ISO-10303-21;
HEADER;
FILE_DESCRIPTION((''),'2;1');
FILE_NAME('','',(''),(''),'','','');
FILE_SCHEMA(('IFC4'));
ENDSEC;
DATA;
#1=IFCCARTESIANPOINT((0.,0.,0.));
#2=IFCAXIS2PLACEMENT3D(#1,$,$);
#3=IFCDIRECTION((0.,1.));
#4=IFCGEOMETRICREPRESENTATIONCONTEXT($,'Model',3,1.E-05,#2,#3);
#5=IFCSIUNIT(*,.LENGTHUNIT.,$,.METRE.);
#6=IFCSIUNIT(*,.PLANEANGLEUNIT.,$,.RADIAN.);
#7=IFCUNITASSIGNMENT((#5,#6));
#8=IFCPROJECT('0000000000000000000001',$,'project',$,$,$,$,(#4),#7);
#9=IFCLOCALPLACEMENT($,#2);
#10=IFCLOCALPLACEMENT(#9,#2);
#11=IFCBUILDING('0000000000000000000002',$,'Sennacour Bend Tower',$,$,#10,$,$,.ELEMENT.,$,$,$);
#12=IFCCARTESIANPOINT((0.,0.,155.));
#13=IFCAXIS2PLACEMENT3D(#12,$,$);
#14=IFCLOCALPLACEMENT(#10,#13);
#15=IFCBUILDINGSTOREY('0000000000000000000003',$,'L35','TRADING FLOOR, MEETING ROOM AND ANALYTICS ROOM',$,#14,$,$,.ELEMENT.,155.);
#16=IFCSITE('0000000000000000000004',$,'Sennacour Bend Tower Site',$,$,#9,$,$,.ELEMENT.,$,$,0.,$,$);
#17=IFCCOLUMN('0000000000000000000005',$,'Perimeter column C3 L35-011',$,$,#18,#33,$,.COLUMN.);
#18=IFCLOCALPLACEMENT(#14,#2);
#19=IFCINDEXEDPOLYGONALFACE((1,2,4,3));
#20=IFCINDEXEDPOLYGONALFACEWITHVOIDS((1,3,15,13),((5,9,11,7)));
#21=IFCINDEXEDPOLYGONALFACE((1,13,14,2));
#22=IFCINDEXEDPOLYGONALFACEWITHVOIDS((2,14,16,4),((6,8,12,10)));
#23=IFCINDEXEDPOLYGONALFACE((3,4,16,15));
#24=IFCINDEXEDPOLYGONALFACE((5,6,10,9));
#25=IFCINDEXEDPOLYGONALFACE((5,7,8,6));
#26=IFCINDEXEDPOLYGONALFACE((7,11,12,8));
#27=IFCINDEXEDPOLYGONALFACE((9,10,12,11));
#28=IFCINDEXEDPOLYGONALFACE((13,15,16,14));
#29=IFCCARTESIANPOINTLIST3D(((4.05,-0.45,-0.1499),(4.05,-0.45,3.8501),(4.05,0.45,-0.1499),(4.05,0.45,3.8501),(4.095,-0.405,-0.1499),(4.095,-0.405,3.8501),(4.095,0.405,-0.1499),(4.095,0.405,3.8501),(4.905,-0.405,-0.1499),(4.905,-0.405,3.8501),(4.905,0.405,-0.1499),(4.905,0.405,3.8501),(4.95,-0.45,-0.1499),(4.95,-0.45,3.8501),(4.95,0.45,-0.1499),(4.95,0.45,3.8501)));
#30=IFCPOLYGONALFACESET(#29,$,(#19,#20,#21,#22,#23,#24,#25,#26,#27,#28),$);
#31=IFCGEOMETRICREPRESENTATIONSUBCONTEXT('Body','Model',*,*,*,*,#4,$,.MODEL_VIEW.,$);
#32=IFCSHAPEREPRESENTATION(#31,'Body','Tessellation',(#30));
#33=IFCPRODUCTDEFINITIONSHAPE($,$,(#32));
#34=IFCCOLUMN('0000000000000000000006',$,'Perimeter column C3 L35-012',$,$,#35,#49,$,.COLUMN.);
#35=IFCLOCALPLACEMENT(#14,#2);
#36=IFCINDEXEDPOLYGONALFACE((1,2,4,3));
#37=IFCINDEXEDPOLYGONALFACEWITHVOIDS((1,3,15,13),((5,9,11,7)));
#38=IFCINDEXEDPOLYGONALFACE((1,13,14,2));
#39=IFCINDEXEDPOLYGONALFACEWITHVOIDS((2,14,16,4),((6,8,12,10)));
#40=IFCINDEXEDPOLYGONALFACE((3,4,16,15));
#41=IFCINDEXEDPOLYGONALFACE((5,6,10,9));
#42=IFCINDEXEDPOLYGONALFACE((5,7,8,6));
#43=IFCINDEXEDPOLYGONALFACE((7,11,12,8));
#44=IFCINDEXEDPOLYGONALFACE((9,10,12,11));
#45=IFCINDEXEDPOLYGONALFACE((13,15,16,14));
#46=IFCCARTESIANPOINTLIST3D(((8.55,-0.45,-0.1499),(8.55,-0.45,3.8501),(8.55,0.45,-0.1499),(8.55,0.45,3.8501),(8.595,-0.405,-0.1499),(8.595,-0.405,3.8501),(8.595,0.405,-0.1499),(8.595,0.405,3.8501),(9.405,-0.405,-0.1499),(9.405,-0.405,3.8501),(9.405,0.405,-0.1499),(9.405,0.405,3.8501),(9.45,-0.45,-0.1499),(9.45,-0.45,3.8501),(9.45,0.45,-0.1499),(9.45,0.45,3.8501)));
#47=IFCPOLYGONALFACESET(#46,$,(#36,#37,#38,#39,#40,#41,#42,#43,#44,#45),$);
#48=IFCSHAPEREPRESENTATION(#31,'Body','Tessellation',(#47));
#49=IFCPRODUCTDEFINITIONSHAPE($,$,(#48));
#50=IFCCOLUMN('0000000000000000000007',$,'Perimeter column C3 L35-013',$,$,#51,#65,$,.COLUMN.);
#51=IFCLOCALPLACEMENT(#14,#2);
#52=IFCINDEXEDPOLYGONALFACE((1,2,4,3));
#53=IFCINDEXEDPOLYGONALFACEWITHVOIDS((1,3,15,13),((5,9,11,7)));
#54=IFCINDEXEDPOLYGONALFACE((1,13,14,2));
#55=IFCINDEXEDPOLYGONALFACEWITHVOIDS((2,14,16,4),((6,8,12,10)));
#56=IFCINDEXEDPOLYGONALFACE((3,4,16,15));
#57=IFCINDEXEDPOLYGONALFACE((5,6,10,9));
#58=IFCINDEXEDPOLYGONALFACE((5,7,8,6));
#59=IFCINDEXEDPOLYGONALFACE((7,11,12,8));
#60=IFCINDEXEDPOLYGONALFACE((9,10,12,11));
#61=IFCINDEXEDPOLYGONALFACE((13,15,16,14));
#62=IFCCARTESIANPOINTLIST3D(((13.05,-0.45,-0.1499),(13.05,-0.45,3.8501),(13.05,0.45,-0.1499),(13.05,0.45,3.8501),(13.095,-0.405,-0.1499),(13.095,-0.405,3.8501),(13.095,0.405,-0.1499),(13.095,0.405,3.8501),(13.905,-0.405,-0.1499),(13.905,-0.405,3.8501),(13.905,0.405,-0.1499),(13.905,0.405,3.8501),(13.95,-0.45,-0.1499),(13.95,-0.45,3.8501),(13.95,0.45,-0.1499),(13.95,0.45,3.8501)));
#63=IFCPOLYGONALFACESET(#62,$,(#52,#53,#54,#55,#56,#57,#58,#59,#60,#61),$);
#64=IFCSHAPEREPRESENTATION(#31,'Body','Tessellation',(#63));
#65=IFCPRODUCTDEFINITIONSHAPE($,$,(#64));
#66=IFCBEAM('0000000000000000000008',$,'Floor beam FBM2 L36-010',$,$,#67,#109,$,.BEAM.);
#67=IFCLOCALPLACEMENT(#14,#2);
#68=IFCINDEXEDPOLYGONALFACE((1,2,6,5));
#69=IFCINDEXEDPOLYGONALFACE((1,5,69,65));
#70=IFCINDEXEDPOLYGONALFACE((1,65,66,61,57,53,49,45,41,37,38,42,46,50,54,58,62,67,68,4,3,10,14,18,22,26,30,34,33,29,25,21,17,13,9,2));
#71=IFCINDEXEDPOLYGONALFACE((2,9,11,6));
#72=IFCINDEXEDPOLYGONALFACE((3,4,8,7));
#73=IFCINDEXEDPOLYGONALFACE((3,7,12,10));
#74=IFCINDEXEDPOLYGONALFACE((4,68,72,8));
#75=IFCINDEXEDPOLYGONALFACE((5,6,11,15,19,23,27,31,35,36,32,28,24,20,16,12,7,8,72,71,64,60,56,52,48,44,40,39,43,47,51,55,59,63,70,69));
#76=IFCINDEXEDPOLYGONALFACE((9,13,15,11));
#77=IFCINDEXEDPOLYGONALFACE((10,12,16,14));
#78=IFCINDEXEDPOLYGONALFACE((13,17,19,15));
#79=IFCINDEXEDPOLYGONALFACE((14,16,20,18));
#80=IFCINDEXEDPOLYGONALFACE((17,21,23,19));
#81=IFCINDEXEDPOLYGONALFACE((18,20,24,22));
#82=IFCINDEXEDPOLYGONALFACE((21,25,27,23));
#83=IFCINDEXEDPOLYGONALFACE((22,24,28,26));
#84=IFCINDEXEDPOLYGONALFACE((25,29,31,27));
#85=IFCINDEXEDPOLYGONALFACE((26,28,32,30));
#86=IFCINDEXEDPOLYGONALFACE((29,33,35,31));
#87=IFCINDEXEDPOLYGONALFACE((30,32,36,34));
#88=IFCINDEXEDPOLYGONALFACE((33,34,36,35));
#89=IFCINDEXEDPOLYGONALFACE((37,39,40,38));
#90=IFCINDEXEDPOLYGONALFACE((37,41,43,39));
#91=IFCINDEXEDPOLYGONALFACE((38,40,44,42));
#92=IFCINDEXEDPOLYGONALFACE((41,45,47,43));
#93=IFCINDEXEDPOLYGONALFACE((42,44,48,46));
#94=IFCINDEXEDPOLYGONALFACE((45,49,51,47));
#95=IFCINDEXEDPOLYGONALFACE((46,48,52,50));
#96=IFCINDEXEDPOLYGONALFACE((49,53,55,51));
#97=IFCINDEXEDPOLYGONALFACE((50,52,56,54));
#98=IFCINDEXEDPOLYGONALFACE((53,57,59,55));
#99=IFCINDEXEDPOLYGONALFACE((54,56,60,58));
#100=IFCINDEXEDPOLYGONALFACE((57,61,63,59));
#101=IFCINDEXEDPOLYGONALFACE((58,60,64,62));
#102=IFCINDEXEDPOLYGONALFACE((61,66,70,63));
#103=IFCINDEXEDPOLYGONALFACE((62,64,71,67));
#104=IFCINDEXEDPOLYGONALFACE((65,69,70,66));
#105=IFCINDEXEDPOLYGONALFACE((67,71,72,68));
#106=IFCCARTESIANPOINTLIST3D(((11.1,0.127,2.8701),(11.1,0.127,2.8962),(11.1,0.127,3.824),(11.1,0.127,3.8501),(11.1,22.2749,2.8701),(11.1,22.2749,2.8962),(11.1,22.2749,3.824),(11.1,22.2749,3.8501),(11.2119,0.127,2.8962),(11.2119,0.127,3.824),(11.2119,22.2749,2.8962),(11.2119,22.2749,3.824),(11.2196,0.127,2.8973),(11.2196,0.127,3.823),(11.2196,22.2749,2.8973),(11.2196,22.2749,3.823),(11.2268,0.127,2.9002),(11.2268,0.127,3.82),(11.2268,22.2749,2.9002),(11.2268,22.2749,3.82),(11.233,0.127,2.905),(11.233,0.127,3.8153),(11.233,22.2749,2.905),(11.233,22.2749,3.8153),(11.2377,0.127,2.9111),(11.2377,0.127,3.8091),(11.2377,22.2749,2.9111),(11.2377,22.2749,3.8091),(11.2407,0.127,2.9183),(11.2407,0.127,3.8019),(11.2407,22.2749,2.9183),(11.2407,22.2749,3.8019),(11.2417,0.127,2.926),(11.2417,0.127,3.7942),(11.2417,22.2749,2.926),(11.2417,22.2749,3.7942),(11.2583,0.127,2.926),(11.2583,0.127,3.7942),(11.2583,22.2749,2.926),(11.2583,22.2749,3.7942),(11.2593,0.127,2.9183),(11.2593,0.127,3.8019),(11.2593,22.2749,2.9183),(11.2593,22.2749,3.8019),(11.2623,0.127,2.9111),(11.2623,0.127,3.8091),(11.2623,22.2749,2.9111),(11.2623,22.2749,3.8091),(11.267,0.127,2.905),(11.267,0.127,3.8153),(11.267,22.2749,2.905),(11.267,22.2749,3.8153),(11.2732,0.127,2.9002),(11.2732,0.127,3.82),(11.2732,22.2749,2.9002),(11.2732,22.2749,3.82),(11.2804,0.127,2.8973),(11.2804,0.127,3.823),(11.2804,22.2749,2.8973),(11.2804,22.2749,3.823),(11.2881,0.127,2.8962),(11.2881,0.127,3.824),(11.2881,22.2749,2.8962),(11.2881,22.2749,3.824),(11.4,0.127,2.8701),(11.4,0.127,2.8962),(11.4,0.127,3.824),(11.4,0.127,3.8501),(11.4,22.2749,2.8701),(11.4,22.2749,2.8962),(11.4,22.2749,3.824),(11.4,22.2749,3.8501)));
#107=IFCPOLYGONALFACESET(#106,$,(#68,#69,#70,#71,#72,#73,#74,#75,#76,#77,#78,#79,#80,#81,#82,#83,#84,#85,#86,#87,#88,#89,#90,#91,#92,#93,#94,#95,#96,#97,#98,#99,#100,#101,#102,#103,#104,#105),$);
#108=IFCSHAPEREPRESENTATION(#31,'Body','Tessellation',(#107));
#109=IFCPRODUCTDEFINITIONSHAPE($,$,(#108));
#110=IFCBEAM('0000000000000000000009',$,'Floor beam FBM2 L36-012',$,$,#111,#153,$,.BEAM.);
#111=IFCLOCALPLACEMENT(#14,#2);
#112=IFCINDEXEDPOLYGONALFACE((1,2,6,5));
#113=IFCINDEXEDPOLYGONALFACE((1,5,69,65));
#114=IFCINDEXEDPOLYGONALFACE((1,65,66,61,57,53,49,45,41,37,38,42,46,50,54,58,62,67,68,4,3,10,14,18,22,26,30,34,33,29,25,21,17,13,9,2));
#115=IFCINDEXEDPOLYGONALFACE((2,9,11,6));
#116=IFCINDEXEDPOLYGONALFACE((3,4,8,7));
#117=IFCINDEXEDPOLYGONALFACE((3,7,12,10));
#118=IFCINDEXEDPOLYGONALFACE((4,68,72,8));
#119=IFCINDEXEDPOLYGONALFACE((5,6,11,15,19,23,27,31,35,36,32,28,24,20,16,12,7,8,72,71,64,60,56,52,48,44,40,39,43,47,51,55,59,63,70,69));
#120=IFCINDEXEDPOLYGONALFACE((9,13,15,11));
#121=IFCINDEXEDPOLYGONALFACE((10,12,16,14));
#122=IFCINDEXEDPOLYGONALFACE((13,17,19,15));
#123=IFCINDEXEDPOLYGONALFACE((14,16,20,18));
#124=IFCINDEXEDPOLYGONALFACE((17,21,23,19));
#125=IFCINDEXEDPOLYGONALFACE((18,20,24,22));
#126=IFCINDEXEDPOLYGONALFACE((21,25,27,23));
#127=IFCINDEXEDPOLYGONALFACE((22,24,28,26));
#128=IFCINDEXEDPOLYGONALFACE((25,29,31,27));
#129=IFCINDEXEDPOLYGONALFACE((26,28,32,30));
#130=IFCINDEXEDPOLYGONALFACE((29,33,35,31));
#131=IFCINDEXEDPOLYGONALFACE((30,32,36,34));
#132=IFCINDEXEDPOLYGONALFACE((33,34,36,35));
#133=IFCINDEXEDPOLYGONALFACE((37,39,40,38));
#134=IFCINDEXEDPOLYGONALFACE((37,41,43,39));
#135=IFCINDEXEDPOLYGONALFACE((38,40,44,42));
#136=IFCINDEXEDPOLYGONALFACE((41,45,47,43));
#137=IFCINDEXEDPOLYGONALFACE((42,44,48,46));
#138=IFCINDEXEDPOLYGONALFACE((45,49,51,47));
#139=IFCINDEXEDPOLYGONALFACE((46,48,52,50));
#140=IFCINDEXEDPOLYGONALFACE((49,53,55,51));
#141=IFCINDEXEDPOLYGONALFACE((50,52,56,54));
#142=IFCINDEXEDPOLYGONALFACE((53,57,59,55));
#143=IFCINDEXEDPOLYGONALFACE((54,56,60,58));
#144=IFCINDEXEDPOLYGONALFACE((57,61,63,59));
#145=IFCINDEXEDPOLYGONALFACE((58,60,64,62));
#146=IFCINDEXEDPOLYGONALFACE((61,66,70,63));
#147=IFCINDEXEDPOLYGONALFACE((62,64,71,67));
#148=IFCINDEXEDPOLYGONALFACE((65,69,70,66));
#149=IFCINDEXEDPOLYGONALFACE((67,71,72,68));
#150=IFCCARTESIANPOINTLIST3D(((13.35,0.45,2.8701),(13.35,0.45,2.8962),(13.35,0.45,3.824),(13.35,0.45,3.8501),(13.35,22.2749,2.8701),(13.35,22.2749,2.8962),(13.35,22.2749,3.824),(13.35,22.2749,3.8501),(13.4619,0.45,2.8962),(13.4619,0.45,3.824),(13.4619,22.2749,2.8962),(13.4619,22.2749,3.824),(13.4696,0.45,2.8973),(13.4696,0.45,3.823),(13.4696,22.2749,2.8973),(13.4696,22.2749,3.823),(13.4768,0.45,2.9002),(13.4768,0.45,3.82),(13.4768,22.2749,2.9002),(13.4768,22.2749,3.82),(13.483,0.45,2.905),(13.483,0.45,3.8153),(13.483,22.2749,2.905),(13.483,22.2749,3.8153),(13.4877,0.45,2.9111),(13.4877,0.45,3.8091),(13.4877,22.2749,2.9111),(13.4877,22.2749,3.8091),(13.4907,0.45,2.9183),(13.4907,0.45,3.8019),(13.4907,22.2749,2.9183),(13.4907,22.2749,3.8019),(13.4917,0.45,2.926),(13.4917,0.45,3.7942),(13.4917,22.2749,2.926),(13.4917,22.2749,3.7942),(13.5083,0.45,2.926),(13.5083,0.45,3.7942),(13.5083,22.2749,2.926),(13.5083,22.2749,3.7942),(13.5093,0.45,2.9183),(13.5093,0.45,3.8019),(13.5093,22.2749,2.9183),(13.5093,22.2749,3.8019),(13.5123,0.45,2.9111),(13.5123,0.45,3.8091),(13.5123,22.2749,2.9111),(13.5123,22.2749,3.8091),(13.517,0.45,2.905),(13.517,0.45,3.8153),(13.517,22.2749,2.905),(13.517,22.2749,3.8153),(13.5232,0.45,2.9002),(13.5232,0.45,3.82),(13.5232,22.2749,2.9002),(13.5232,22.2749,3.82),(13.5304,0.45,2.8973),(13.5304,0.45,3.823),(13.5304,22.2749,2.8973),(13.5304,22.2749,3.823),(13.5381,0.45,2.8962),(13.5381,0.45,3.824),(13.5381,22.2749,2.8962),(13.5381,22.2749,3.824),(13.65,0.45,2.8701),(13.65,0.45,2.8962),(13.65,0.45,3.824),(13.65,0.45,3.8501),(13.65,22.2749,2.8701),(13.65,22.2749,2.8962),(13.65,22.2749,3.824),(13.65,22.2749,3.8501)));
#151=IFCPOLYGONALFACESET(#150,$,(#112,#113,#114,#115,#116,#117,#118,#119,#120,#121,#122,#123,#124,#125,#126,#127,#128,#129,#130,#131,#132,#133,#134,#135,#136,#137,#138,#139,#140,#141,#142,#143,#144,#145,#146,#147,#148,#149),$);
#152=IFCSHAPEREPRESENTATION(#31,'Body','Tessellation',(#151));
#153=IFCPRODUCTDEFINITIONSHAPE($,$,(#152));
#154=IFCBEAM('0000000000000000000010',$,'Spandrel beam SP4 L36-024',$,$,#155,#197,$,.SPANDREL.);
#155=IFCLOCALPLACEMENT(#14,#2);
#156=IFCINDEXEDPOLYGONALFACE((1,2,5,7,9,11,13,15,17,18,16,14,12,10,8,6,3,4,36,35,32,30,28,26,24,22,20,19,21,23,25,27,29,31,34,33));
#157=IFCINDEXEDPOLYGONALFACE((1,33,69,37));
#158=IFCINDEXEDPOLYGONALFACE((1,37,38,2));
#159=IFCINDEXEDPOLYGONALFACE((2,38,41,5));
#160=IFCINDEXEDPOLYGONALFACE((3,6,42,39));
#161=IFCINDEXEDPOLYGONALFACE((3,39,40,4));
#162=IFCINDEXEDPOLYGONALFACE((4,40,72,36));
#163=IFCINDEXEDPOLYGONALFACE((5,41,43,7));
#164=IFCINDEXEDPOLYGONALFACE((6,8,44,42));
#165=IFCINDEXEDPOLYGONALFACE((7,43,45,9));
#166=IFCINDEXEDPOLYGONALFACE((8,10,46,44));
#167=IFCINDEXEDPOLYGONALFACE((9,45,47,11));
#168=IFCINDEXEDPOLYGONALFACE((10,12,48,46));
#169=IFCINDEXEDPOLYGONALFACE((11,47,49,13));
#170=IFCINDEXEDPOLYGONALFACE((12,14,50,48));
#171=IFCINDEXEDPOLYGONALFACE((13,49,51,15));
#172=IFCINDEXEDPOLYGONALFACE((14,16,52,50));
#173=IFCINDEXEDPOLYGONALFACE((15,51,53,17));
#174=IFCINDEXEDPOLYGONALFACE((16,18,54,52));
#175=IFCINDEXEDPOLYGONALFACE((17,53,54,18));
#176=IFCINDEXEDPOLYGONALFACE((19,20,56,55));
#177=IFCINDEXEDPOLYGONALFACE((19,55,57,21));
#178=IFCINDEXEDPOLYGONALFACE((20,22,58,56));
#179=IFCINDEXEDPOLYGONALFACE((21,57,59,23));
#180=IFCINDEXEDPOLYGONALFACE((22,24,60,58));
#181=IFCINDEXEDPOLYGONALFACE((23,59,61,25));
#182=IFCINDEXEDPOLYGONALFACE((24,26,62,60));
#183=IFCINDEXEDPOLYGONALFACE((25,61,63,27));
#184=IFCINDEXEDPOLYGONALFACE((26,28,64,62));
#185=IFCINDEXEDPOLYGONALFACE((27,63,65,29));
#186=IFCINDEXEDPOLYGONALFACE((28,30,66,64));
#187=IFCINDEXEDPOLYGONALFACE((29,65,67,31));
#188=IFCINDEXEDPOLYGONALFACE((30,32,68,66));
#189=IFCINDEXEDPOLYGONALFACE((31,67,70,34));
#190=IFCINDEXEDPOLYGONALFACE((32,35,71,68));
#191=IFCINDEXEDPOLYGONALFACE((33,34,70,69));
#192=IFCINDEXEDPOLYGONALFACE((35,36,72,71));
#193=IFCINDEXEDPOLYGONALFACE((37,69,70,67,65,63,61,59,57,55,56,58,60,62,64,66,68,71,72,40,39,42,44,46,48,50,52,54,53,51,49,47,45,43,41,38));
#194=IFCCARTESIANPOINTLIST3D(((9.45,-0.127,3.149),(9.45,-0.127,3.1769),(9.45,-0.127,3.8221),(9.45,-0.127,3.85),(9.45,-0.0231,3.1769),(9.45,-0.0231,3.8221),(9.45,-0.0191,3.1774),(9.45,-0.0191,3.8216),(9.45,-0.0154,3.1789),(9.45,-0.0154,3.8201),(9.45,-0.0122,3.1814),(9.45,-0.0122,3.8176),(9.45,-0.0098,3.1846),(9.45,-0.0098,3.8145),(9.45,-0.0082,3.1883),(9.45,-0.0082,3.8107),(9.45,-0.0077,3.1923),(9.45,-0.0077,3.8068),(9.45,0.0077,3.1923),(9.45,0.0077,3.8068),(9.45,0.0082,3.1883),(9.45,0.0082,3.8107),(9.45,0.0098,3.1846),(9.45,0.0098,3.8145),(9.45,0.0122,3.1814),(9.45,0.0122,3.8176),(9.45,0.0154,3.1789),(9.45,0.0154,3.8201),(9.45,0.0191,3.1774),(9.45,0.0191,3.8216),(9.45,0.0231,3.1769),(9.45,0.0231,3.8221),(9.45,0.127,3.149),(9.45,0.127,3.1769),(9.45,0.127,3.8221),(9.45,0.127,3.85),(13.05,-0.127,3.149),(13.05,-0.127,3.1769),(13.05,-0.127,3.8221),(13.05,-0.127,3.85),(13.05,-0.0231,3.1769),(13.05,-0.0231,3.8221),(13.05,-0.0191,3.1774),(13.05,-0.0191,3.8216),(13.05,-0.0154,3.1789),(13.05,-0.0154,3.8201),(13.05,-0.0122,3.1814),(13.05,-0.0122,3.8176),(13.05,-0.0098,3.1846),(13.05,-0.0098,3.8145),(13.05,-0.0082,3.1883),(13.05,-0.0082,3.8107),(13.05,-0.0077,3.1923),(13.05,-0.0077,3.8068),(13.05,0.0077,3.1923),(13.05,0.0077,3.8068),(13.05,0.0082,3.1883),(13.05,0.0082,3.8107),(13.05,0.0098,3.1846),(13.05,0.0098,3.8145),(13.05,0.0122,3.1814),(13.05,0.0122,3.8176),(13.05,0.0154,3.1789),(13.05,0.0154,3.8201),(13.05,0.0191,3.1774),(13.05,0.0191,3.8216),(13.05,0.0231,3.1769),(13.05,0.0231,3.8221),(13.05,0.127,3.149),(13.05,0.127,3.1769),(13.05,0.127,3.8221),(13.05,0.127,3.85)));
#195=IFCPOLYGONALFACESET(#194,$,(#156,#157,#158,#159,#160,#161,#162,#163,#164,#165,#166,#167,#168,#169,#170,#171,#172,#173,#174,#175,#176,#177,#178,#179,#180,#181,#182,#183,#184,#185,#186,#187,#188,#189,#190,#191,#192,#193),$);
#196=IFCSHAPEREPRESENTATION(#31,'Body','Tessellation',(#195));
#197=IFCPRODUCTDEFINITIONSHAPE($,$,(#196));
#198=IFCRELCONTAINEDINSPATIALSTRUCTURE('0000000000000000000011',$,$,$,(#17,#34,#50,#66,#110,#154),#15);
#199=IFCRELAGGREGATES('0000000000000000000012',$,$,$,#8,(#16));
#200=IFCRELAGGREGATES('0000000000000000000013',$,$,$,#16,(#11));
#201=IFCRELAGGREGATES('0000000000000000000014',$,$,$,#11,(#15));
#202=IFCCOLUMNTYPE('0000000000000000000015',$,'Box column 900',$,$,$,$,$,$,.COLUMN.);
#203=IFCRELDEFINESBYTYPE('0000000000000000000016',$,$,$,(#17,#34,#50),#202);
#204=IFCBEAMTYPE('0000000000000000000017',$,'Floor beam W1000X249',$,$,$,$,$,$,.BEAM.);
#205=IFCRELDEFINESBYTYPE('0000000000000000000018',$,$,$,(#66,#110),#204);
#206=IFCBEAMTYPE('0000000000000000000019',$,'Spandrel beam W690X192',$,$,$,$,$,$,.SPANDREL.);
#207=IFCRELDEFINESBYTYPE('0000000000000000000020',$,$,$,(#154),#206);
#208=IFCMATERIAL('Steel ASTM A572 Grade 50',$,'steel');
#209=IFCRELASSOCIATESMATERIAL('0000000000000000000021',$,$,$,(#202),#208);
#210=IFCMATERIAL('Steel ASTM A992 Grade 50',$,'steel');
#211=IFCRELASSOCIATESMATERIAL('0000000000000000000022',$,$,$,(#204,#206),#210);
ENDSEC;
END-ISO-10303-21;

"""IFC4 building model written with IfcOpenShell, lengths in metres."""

from ifc_helpers import new_model, si_unit, direction, frame, origin, origin_2d, place, context, subcontext, project, spatial, hollow_rectangle, i_section, extrude, material, material_profile, profile_set, type_object, element, save


model = new_model("IFC4")

# Units and contexts
model_context = context("Model", 3, precision=1e-05, world=origin(), true_north=direction((0.0, 1.0)))
body_context = subcontext(model_context, "Body", "Model", "MODEL_VIEW")
ifc_project = project(units=[si_unit("LENGTHUNIT", "METRE"), si_unit("PLANEANGLEUNIT", "RADIAN")], contexts=[model_context])

# Site, building, storey
site_placement = place(None, origin())
site = spatial("IfcSite", under=ifc_project, at=site_placement, Name="Sennacour Bend Tower Site", CompositionType="ELEMENT", RefElevation=0.0)
building_placement = place(site_placement, origin())
building = spatial("IfcBuilding", under=site, at=building_placement, Name="Sennacour Bend Tower", CompositionType="ELEMENT")
storey_placement = place(building_placement, frame((0.0, 0.0, 155.0)))
storey = spatial("IfcBuildingStorey", under=building, at=storey_placement, Name="L35", Description="TRADING FLOOR, MEETING ROOM AND ANALYTICS ROOM", CompositionType="ELEMENT", Elevation=155.0)

# Columns
ifc_material_1 = material(Name="Steel ASTM A572 Grade 50", Category="steel")
ifc_material_profile_1 = material_profile(ifc_material_1, hollow_rectangle(XDim=0.8999, YDim=0.8999, WallThickness=0.0449, at=origin_2d()), Name="Steel ASTM A572 Grade 50", Category="steel")
ifc_profile_set_1 = profile_set([ifc_material_profile_1], Name="Steel ASTM A572 Grade 50")
column_type = type_object("IfcColumnType", Name="Box column 900", PredefinedType="COLUMN", material=ifc_profile_set_1)
for number, where, z_axis, x_axis, name in (
    (1, (4.5, 0.0, -0.1499), (0.0, 0.0, 1.0), (1.0, 0.0, 0.0), "Perimeter column C3 L35-011"),
    (2, (9.0, 0.0, -0.1499), (0.0, 0.0, 1.0), (1.0, 0.0, 0.0), "Perimeter column C3 L35-012"),
    (3, (13.5, 0.0, -0.1499), (0.0, 0.0, 1.0), (1.0, 0.0, 0.0), "Perimeter column C3 L35-013"),
):
    element("IfcColumn", number, at=place(storey_placement, frame(where, z_axis=z_axis, x_axis=x_axis)), inside=storey, type_object=column_type, Name=name, PredefinedType="COLUMN", context=body_context, shape_type="SweptSolid", body=[
        extrude(hollow_rectangle(XDim=0.8999, YDim=0.8999, WallThickness=0.0449, at=origin_2d()), origin(), (0.0, 0.0, 1.0), 4.0),
    ])

# Beams
ifc_material_2 = material(Name="Steel ASTM A992 Grade 50", Category="steel")
ifc_material_profile_2 = material_profile(ifc_material_2, i_section(OverallWidth=0.3, OverallDepth=0.98, WebThickness=0.0166, FlangeThickness=0.0261, FilletRadius=0.0298, at=origin_2d()), Name="Steel ASTM A992 Grade 50", Category="steel")
ifc_profile_set_2 = profile_set([ifc_material_profile_2], Name="Steel ASTM A992 Grade 50")
beam_type_1 = type_object("IfcBeamType", Name="Floor beam W1000X249", PredefinedType="BEAM", material=ifc_profile_set_2)
beam_1_placement = place(storey_placement, frame((11.25, 0.127, 3.3601), z_axis=(0.0, 1.0, 0.0), x_axis=(-1.0, 0.0, 0.0)))
element("IfcBeam", 4, at=beam_1_placement, inside=storey, type_object=beam_type_1, Name="Floor beam FBM2 L36-010", PredefinedType="BEAM", context=body_context, shape_type="SweptSolid", body=[
    extrude(i_section(OverallWidth=0.3, OverallDepth=0.98, WebThickness=0.0166, FlangeThickness=0.0261, FilletRadius=0.0298, at=origin_2d()), origin(), (0.0, 0.0, 1.0), 22.1479),
])
beam_2_placement = place(storey_placement, frame((13.5, 0.45, 3.3601), z_axis=(0.0, 1.0, 0.0), x_axis=(-1.0, 0.0, 0.0)))
element("IfcBeam", 5, at=beam_2_placement, inside=storey, type_object=beam_type_1, Name="Floor beam FBM2 L36-012", PredefinedType="BEAM", context=body_context, shape_type="SweptSolid", body=[
    extrude(i_section(OverallWidth=0.3, OverallDepth=0.98, WebThickness=0.0166, FlangeThickness=0.0261, FilletRadius=0.0298, at=origin_2d()), origin(), (0.0, 0.0, 1.0), 21.825),
])
ifc_material_profile_3 = material_profile(ifc_material_2, i_section(OverallWidth=0.2539, OverallDepth=0.7009, WebThickness=0.0154, FlangeThickness=0.0278, FilletRadius=0.0154, at=origin_2d()), Name="Steel ASTM A992 Grade 50", Category="steel")
ifc_profile_set_3 = profile_set([ifc_material_profile_3], Name="Steel ASTM A992 Grade 50")
beam_type_2 = type_object("IfcBeamType", Name="Spandrel beam W690X192", PredefinedType="SPANDREL", material=ifc_profile_set_3)
for number, where, z_axis, x_axis, name in (
    (6, (13.05, 0.0, 3.4995), (-1.0, 0.0, 0.0), (0.0, -1.0, 0.0), "Spandrel beam SP4 L36-024"),
):
    element("IfcBeam", number, at=place(storey_placement, frame(where, z_axis=z_axis, x_axis=x_axis)), inside=storey, type_object=beam_type_2, Name=name, PredefinedType="SPANDREL", context=body_context, shape_type="SweptSolid", body=[
        extrude(i_section(OverallWidth=0.2539, OverallDepth=0.7009, WebThickness=0.0154, FlangeThickness=0.0278, FilletRadius=0.0154, at=origin_2d()), origin(), (0.0, 0.0, 1.0), 3.6001),
    ])

save(model, "model.ifc")
